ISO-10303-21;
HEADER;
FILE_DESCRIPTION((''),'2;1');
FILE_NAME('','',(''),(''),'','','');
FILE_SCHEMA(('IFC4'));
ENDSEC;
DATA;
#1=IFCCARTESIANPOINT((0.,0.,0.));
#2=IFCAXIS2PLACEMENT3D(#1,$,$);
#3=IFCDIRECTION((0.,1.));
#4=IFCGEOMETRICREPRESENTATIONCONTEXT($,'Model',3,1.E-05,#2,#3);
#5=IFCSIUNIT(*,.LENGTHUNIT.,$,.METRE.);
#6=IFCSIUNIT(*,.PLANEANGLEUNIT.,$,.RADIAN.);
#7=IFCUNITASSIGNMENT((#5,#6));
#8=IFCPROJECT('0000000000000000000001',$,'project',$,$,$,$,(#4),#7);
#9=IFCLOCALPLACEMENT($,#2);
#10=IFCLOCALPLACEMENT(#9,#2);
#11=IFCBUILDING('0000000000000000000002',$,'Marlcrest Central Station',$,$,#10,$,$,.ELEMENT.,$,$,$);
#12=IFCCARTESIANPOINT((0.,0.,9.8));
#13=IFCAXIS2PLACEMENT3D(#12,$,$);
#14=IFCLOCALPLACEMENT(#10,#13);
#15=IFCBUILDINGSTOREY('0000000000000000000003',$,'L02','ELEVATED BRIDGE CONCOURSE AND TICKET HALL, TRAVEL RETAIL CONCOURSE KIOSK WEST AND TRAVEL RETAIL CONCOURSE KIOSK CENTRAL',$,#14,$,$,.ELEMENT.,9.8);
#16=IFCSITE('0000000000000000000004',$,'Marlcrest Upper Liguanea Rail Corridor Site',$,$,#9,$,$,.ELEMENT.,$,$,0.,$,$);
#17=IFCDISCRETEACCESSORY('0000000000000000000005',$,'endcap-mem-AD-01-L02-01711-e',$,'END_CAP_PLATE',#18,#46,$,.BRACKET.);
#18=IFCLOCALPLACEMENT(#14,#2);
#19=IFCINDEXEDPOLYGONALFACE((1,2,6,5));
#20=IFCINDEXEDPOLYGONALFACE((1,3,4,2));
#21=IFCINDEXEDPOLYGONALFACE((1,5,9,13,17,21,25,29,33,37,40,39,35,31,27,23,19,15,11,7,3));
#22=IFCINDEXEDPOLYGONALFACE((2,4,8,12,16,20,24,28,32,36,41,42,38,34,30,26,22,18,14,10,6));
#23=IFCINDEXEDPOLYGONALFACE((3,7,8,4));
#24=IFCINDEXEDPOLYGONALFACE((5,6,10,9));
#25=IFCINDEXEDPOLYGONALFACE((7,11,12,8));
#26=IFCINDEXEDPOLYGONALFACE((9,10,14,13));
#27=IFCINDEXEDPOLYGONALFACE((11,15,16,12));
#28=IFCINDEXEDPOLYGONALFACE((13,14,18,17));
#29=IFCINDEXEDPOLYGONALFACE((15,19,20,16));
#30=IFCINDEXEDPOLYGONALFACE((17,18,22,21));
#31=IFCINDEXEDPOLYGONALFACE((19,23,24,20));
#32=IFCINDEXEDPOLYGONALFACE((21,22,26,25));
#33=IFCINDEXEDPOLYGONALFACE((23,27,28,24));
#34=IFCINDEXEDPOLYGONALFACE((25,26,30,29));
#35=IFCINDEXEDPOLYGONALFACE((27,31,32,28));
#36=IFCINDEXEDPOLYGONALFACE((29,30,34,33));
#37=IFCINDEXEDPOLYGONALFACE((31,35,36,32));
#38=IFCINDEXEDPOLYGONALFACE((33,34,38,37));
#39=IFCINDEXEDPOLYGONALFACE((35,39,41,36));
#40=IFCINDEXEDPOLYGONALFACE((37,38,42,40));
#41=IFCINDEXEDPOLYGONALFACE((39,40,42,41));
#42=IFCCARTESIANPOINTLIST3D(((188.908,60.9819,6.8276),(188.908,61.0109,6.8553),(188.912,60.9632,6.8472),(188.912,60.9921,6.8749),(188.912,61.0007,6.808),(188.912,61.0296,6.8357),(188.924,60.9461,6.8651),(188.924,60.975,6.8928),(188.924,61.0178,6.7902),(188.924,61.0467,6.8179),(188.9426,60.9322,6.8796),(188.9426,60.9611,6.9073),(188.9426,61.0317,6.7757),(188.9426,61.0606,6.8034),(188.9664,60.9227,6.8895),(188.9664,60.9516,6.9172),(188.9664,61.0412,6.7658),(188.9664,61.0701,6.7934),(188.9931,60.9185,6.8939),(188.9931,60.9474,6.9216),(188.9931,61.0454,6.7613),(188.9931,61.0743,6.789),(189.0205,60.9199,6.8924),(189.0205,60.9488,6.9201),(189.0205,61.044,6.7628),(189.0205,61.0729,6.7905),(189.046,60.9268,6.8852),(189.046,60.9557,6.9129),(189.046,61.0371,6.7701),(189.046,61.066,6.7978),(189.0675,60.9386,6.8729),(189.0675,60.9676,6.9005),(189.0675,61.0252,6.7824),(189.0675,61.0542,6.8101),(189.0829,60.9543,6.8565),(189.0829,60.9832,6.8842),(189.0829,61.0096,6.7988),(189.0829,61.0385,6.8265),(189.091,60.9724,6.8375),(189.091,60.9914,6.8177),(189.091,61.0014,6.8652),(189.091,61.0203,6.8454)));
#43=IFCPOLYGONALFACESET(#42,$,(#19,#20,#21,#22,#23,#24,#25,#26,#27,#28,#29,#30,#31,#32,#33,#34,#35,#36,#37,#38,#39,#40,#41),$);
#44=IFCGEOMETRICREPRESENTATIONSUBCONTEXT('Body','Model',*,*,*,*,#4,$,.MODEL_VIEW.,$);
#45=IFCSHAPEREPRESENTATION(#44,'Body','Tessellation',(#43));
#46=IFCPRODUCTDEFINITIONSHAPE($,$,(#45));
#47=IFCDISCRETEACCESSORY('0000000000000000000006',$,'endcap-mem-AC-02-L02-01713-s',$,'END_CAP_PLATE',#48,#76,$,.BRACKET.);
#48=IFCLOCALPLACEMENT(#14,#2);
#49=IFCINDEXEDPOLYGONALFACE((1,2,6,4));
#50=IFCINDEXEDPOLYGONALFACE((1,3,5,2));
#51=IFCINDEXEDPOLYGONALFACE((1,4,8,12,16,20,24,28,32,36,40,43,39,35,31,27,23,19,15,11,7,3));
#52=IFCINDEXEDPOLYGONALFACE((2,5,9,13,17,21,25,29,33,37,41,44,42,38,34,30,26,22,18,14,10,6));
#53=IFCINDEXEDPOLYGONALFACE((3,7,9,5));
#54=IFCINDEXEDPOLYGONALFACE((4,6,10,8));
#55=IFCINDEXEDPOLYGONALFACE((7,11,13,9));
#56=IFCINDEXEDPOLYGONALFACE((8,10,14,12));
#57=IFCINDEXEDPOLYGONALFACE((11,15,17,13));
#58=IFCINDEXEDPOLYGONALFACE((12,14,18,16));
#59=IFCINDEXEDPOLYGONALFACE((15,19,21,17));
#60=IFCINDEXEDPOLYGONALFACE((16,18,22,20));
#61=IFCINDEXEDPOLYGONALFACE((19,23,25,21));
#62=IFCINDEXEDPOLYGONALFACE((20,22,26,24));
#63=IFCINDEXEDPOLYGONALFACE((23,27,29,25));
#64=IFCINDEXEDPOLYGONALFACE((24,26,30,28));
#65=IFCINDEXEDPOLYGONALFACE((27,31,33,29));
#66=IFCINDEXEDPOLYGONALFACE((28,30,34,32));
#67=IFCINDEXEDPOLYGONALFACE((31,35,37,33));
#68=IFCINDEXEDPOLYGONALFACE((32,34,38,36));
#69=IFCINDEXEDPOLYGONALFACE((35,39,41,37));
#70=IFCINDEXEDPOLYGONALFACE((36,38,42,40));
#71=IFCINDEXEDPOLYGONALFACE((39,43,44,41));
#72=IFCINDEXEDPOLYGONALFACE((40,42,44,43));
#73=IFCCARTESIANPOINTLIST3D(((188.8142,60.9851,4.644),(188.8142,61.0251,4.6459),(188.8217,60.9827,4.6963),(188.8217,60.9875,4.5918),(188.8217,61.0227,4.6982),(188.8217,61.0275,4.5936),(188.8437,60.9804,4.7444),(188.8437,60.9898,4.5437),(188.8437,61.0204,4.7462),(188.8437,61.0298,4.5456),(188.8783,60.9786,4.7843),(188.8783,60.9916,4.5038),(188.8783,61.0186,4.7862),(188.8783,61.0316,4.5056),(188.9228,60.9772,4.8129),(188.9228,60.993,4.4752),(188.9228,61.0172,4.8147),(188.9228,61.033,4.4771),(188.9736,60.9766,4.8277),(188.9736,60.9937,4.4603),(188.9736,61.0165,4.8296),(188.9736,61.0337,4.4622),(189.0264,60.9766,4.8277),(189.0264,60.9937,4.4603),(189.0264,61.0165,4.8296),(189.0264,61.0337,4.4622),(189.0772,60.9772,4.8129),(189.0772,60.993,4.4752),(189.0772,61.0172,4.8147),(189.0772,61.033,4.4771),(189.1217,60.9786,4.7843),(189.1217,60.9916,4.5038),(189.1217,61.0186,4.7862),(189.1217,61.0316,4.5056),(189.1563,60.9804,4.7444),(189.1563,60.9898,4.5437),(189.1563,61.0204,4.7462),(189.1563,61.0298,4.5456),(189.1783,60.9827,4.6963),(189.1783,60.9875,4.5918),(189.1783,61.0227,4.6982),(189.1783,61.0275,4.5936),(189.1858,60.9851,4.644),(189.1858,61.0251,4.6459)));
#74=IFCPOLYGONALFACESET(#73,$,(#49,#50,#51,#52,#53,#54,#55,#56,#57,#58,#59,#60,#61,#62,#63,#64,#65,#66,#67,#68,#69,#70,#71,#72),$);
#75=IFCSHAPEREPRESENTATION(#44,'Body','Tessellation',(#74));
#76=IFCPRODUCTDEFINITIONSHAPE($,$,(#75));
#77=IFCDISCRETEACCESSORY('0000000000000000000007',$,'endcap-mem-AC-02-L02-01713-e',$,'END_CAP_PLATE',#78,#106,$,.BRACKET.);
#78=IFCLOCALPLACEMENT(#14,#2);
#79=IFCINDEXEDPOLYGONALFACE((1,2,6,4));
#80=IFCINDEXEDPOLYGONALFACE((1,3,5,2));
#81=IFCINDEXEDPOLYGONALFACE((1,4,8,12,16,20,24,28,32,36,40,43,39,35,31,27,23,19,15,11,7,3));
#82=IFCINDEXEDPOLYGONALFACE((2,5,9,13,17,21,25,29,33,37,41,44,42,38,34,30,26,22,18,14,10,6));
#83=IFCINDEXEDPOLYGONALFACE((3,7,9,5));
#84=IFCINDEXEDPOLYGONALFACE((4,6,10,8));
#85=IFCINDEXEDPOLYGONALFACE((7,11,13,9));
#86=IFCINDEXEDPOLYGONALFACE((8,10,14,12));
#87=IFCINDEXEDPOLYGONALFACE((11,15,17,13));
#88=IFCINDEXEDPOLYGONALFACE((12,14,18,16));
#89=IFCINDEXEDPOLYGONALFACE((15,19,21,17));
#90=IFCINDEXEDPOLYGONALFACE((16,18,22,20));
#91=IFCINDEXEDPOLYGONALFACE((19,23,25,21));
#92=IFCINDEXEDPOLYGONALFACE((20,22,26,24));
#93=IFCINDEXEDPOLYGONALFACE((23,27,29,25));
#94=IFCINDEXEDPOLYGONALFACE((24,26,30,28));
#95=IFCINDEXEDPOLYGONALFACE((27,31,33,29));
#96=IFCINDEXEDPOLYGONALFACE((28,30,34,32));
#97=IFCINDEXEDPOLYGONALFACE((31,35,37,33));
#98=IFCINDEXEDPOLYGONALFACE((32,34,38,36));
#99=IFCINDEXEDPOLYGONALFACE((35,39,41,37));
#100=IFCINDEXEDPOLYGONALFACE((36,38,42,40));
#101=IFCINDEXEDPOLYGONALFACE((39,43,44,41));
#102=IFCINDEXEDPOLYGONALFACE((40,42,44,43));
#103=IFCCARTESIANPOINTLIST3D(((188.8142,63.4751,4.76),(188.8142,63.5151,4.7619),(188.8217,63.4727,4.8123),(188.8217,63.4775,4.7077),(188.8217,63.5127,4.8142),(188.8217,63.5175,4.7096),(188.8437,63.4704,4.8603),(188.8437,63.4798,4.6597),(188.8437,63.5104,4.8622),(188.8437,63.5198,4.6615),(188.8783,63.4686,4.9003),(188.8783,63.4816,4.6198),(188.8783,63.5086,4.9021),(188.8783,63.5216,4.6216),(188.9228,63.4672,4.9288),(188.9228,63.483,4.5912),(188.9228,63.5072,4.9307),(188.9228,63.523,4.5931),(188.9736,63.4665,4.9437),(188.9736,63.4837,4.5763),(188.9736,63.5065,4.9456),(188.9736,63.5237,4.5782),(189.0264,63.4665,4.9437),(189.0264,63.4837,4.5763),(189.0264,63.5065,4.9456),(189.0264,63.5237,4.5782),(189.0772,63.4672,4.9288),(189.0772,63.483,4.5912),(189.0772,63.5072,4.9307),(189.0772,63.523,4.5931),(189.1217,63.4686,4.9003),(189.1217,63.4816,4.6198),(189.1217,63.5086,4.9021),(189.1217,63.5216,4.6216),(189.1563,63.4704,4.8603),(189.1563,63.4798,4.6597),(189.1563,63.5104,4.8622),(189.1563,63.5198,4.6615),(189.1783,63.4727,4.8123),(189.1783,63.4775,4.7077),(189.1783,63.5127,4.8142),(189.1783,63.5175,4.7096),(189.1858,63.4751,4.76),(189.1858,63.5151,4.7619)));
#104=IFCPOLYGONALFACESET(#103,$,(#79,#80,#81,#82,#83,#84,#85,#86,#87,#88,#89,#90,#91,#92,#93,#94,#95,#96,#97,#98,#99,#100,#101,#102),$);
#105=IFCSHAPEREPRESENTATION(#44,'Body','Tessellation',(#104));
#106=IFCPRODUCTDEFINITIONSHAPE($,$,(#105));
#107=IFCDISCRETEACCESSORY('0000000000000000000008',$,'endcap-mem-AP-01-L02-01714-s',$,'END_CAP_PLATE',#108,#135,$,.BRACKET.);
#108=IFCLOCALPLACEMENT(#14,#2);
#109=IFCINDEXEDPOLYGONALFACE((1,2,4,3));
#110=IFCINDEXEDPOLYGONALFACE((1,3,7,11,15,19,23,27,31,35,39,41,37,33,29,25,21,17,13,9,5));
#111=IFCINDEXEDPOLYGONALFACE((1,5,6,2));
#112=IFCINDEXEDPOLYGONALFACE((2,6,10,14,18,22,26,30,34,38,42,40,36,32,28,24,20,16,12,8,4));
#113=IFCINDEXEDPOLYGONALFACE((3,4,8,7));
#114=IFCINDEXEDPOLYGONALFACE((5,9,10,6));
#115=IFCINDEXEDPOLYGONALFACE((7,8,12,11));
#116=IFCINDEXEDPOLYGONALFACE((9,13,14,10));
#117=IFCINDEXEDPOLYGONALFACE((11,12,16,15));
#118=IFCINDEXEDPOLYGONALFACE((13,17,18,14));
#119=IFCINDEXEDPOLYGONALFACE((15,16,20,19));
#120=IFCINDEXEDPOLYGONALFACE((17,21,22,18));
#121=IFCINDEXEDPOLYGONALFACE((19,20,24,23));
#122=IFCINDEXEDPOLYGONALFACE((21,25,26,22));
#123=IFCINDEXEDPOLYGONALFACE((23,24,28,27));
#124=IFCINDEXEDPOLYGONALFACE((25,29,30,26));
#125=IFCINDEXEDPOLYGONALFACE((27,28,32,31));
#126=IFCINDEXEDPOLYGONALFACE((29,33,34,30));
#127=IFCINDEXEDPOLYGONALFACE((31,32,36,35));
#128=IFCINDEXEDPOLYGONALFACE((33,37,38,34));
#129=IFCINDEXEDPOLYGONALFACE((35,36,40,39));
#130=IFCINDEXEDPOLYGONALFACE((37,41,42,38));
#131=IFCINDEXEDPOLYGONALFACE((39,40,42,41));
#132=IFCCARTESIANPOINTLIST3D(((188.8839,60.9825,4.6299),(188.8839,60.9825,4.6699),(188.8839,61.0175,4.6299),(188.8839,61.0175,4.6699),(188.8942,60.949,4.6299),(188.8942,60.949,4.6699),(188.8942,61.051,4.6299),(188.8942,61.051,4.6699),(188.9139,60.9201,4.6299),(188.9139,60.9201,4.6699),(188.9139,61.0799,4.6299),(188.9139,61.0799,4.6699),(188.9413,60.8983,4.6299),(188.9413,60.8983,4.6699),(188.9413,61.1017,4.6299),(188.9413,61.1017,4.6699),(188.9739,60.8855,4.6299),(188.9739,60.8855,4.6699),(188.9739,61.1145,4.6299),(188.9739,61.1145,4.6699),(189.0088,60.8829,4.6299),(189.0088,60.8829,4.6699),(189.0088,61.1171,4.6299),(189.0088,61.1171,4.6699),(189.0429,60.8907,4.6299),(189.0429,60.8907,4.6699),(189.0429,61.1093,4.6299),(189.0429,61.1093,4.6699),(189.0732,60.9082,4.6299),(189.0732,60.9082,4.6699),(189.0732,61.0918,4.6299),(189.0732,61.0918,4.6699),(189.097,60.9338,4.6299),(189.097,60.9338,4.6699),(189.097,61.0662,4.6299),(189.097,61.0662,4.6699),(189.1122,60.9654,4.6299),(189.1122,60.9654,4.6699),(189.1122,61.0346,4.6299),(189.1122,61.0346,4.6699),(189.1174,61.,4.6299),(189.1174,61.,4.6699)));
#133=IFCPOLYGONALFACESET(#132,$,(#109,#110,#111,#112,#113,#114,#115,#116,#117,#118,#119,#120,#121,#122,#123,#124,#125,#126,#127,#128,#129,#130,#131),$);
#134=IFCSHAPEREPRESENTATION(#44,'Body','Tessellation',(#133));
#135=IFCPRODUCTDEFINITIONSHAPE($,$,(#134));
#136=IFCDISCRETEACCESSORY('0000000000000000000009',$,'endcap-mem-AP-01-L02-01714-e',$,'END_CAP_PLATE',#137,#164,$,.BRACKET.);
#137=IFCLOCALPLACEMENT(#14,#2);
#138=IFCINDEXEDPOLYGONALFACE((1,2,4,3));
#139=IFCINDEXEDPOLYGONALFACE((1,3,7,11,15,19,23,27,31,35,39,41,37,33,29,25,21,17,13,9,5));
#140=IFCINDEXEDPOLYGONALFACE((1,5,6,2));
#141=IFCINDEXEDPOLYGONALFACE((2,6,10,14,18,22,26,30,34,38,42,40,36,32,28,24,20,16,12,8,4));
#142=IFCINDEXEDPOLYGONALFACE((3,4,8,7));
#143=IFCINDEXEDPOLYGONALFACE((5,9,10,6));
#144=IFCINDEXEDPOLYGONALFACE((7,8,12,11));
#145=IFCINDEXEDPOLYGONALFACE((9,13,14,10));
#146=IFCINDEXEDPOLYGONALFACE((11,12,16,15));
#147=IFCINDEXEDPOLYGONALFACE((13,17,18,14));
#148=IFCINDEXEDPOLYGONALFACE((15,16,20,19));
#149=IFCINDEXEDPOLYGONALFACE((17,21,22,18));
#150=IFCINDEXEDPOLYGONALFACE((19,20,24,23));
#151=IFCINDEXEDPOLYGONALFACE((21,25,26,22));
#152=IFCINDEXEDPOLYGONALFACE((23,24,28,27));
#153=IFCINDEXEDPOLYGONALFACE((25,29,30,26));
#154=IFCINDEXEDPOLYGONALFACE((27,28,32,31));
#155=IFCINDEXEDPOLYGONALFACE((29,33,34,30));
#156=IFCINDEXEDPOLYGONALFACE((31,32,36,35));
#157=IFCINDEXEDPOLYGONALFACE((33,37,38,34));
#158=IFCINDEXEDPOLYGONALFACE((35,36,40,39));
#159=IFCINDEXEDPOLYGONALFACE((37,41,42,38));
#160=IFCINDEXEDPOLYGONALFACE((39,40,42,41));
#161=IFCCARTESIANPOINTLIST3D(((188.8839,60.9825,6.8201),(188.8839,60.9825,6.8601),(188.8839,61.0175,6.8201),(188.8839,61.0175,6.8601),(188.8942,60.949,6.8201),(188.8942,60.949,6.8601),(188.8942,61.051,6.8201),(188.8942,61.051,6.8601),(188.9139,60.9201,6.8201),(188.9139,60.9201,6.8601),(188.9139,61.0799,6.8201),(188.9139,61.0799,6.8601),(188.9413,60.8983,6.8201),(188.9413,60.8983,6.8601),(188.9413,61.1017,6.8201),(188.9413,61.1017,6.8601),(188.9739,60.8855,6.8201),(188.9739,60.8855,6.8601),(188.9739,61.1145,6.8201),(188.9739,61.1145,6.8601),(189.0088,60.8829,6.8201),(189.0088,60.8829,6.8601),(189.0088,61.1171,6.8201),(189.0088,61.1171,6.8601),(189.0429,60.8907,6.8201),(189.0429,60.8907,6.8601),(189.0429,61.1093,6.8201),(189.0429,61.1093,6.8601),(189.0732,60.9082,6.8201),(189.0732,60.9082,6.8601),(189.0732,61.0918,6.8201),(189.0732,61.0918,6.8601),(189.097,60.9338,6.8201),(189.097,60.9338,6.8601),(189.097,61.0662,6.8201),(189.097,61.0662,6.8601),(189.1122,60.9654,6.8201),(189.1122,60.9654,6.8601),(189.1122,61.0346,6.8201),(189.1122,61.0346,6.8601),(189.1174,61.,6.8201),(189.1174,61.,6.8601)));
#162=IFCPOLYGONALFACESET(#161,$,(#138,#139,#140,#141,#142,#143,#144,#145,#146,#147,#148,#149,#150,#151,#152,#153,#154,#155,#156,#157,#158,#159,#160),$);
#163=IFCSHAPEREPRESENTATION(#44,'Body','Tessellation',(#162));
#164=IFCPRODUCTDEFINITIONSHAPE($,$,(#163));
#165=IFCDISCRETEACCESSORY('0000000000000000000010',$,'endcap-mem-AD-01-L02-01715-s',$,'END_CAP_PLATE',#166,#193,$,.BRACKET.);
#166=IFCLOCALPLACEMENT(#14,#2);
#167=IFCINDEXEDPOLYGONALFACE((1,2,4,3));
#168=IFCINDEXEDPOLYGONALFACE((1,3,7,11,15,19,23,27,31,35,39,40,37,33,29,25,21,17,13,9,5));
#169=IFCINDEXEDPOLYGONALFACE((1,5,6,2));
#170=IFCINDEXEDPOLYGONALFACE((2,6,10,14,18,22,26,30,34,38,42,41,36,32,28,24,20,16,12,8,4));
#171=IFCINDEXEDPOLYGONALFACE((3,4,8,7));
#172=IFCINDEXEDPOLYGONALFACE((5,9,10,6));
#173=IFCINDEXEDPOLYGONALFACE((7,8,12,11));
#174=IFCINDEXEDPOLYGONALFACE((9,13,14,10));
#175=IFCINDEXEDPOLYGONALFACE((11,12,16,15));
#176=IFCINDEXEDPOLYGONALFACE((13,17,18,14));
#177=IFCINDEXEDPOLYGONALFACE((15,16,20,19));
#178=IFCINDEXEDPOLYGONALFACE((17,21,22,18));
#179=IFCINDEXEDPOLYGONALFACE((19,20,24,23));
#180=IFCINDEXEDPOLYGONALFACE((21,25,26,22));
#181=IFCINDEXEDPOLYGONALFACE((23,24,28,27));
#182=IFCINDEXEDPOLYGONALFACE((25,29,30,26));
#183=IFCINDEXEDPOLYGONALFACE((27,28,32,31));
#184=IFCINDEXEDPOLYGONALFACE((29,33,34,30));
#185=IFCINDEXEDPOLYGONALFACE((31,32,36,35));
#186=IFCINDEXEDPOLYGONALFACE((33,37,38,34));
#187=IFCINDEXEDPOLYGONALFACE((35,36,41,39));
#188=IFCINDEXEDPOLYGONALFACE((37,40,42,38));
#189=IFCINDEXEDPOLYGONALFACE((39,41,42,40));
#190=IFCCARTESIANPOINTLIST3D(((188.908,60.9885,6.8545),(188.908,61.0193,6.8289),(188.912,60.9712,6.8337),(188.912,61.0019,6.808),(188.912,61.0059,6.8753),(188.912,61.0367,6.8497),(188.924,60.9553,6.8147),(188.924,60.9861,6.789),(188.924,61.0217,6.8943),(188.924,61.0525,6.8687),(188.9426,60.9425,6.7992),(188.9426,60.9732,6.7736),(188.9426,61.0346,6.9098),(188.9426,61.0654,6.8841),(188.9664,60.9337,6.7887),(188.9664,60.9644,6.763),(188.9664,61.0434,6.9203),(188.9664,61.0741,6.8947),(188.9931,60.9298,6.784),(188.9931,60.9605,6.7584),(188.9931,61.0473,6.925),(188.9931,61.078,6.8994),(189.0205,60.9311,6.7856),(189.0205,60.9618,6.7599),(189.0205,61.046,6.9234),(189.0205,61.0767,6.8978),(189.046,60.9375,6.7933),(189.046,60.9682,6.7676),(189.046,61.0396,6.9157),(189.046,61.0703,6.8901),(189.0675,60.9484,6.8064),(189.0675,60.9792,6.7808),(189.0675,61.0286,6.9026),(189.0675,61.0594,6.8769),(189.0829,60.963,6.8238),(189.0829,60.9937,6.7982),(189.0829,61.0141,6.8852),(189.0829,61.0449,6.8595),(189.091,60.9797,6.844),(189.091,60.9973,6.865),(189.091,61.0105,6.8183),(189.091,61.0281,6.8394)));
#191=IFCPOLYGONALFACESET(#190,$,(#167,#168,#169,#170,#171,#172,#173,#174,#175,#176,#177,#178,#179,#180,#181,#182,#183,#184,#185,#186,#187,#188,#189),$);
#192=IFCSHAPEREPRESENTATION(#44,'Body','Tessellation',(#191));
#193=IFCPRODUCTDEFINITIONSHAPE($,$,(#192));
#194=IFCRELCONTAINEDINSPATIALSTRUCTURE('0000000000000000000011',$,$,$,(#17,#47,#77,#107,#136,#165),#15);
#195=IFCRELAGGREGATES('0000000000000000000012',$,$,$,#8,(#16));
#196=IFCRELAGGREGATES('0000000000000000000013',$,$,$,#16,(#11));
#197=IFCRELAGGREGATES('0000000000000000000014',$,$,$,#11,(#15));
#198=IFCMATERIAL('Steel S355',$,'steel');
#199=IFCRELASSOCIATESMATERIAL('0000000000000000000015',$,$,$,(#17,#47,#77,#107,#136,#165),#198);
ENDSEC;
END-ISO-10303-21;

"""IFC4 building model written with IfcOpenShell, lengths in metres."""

from ifc_helpers import new_model, si_unit, direction, frame, origin, origin_2d, place, context, subcontext, project, spatial, circle, extrude, material, element, save


model = new_model("IFC4")

# Units and contexts
model_context = context("Model", 3, precision=1e-05, world=origin(), true_north=direction((0.0, 1.0)))
body_context = subcontext(model_context, "Body", "Model", "MODEL_VIEW")
ifc_project = project(units=[si_unit("LENGTHUNIT", "METRE"), si_unit("PLANEANGLEUNIT", "RADIAN")], contexts=[model_context])

# Site, building, storey
site_placement = place(None, origin())
site = spatial("IfcSite", under=ifc_project, at=site_placement, Name="Marlcrest Upper Liguanea Rail Corridor Site", CompositionType="ELEMENT", RefElevation=0.0)
building_placement = place(site_placement, origin())
building = spatial("IfcBuilding", under=site, at=building_placement, Name="Marlcrest Central Station", CompositionType="ELEMENT")
storey_placement = place(building_placement, frame((0.0, 0.0, 9.8)))
storey = spatial("IfcBuildingStorey", under=building, at=storey_placement, Name="L02", Description="ELEVATED BRIDGE CONCOURSE AND TICKET HALL, TRAVEL RETAIL CONCOURSE KIOSK WEST AND TRAVEL RETAIL CONCOURSE KIOSK CENTRAL", CompositionType="ELEMENT", Elevation=9.8)

# Shared definitions
ifc_material = material(Name="Steel S355", Category="steel")

# Discrete accessories
for number, where, z_axis, x_axis, name in (
    (1, (189.0, 60.9819, 6.8276), (0.0, 0.722247, 0.691636), (-1.0, 0.0, 0.0), "endcap-mem-AD-01-L02-01711-e"),
):
    element("IfcDiscreteAccessory", number, at=place(storey_placement, frame(where, z_axis=z_axis, x_axis=x_axis)), inside=storey, material=ifc_material, Name=name, ObjectType="END_CAP_PLATE", PredefinedType="BRACKET", context=body_context, shape_type="SweptSolid", body=[
        extrude(circle(Radius=0.092, at=origin_2d()), origin(), (0.0, 0.0, 1.0), 0.04),
    ])
for number, where, z_axis, x_axis, name in (
    (2, (189.0, 60.9851, 4.644), (0.0, 0.998917, 0.046532), (-1.0, 0.0, 0.0), "endcap-mem-AC-02-L02-01713-s"),
    (3, (189.0, 63.4751, 4.76), (0.0, 0.998917, 0.046532), (-1.0, 0.0, 0.0), "endcap-mem-AC-02-L02-01713-e"),
):
    element("IfcDiscreteAccessory", number, at=place(storey_placement, frame(where, z_axis=z_axis, x_axis=x_axis)), inside=storey, material=ifc_material, Name=name, ObjectType="END_CAP_PLATE", PredefinedType="BRACKET", context=body_context, shape_type="SweptSolid", body=[
        extrude(circle(Radius=0.1858, at=origin_2d()), origin(), (0.0, 0.0, 1.0), 0.04),
    ])
for number, where, z_axis, x_axis, name in (
    (4, (189.0, 61.0, 4.6299), (0.0, 0.0, 1.0), (1.0, 0.0, 0.0), "endcap-mem-AP-01-L02-01714-s"),
    (5, (189.0, 61.0, 6.8201), (0.0, 0.0, 1.0), (1.0, 0.0, 0.0), "endcap-mem-AP-01-L02-01714-e"),
):
    element("IfcDiscreteAccessory", number, at=place(storey_placement, frame(where, z_axis=z_axis, x_axis=x_axis)), inside=storey, material=ifc_material, Name=name, ObjectType="END_CAP_PLATE", PredefinedType="BRACKET", context=body_context, shape_type="SweptSolid", body=[
        extrude(circle(Radius=0.1174, at=origin_2d()), origin(), (0.0, 0.0, 1.0), 0.04),
    ])
discrete_accessory_1_placement = place(storey_placement, frame((189.0, 60.9885, 6.8545), z_axis=(0.0, 0.76816, -0.640258), x_axis=(-1.0, 0.0, 0.0)))
element("IfcDiscreteAccessory", 6, at=discrete_accessory_1_placement, inside=storey, material=ifc_material, Name="endcap-mem-AD-01-L02-01715-s", ObjectType="END_CAP_PLATE", PredefinedType="BRACKET", context=body_context, shape_type="SweptSolid", body=[
    extrude(circle(Radius=0.092, at=origin_2d()), origin(), (0.0, 0.0, 1.0), 0.04),
])

save(model, "model.ifc")
